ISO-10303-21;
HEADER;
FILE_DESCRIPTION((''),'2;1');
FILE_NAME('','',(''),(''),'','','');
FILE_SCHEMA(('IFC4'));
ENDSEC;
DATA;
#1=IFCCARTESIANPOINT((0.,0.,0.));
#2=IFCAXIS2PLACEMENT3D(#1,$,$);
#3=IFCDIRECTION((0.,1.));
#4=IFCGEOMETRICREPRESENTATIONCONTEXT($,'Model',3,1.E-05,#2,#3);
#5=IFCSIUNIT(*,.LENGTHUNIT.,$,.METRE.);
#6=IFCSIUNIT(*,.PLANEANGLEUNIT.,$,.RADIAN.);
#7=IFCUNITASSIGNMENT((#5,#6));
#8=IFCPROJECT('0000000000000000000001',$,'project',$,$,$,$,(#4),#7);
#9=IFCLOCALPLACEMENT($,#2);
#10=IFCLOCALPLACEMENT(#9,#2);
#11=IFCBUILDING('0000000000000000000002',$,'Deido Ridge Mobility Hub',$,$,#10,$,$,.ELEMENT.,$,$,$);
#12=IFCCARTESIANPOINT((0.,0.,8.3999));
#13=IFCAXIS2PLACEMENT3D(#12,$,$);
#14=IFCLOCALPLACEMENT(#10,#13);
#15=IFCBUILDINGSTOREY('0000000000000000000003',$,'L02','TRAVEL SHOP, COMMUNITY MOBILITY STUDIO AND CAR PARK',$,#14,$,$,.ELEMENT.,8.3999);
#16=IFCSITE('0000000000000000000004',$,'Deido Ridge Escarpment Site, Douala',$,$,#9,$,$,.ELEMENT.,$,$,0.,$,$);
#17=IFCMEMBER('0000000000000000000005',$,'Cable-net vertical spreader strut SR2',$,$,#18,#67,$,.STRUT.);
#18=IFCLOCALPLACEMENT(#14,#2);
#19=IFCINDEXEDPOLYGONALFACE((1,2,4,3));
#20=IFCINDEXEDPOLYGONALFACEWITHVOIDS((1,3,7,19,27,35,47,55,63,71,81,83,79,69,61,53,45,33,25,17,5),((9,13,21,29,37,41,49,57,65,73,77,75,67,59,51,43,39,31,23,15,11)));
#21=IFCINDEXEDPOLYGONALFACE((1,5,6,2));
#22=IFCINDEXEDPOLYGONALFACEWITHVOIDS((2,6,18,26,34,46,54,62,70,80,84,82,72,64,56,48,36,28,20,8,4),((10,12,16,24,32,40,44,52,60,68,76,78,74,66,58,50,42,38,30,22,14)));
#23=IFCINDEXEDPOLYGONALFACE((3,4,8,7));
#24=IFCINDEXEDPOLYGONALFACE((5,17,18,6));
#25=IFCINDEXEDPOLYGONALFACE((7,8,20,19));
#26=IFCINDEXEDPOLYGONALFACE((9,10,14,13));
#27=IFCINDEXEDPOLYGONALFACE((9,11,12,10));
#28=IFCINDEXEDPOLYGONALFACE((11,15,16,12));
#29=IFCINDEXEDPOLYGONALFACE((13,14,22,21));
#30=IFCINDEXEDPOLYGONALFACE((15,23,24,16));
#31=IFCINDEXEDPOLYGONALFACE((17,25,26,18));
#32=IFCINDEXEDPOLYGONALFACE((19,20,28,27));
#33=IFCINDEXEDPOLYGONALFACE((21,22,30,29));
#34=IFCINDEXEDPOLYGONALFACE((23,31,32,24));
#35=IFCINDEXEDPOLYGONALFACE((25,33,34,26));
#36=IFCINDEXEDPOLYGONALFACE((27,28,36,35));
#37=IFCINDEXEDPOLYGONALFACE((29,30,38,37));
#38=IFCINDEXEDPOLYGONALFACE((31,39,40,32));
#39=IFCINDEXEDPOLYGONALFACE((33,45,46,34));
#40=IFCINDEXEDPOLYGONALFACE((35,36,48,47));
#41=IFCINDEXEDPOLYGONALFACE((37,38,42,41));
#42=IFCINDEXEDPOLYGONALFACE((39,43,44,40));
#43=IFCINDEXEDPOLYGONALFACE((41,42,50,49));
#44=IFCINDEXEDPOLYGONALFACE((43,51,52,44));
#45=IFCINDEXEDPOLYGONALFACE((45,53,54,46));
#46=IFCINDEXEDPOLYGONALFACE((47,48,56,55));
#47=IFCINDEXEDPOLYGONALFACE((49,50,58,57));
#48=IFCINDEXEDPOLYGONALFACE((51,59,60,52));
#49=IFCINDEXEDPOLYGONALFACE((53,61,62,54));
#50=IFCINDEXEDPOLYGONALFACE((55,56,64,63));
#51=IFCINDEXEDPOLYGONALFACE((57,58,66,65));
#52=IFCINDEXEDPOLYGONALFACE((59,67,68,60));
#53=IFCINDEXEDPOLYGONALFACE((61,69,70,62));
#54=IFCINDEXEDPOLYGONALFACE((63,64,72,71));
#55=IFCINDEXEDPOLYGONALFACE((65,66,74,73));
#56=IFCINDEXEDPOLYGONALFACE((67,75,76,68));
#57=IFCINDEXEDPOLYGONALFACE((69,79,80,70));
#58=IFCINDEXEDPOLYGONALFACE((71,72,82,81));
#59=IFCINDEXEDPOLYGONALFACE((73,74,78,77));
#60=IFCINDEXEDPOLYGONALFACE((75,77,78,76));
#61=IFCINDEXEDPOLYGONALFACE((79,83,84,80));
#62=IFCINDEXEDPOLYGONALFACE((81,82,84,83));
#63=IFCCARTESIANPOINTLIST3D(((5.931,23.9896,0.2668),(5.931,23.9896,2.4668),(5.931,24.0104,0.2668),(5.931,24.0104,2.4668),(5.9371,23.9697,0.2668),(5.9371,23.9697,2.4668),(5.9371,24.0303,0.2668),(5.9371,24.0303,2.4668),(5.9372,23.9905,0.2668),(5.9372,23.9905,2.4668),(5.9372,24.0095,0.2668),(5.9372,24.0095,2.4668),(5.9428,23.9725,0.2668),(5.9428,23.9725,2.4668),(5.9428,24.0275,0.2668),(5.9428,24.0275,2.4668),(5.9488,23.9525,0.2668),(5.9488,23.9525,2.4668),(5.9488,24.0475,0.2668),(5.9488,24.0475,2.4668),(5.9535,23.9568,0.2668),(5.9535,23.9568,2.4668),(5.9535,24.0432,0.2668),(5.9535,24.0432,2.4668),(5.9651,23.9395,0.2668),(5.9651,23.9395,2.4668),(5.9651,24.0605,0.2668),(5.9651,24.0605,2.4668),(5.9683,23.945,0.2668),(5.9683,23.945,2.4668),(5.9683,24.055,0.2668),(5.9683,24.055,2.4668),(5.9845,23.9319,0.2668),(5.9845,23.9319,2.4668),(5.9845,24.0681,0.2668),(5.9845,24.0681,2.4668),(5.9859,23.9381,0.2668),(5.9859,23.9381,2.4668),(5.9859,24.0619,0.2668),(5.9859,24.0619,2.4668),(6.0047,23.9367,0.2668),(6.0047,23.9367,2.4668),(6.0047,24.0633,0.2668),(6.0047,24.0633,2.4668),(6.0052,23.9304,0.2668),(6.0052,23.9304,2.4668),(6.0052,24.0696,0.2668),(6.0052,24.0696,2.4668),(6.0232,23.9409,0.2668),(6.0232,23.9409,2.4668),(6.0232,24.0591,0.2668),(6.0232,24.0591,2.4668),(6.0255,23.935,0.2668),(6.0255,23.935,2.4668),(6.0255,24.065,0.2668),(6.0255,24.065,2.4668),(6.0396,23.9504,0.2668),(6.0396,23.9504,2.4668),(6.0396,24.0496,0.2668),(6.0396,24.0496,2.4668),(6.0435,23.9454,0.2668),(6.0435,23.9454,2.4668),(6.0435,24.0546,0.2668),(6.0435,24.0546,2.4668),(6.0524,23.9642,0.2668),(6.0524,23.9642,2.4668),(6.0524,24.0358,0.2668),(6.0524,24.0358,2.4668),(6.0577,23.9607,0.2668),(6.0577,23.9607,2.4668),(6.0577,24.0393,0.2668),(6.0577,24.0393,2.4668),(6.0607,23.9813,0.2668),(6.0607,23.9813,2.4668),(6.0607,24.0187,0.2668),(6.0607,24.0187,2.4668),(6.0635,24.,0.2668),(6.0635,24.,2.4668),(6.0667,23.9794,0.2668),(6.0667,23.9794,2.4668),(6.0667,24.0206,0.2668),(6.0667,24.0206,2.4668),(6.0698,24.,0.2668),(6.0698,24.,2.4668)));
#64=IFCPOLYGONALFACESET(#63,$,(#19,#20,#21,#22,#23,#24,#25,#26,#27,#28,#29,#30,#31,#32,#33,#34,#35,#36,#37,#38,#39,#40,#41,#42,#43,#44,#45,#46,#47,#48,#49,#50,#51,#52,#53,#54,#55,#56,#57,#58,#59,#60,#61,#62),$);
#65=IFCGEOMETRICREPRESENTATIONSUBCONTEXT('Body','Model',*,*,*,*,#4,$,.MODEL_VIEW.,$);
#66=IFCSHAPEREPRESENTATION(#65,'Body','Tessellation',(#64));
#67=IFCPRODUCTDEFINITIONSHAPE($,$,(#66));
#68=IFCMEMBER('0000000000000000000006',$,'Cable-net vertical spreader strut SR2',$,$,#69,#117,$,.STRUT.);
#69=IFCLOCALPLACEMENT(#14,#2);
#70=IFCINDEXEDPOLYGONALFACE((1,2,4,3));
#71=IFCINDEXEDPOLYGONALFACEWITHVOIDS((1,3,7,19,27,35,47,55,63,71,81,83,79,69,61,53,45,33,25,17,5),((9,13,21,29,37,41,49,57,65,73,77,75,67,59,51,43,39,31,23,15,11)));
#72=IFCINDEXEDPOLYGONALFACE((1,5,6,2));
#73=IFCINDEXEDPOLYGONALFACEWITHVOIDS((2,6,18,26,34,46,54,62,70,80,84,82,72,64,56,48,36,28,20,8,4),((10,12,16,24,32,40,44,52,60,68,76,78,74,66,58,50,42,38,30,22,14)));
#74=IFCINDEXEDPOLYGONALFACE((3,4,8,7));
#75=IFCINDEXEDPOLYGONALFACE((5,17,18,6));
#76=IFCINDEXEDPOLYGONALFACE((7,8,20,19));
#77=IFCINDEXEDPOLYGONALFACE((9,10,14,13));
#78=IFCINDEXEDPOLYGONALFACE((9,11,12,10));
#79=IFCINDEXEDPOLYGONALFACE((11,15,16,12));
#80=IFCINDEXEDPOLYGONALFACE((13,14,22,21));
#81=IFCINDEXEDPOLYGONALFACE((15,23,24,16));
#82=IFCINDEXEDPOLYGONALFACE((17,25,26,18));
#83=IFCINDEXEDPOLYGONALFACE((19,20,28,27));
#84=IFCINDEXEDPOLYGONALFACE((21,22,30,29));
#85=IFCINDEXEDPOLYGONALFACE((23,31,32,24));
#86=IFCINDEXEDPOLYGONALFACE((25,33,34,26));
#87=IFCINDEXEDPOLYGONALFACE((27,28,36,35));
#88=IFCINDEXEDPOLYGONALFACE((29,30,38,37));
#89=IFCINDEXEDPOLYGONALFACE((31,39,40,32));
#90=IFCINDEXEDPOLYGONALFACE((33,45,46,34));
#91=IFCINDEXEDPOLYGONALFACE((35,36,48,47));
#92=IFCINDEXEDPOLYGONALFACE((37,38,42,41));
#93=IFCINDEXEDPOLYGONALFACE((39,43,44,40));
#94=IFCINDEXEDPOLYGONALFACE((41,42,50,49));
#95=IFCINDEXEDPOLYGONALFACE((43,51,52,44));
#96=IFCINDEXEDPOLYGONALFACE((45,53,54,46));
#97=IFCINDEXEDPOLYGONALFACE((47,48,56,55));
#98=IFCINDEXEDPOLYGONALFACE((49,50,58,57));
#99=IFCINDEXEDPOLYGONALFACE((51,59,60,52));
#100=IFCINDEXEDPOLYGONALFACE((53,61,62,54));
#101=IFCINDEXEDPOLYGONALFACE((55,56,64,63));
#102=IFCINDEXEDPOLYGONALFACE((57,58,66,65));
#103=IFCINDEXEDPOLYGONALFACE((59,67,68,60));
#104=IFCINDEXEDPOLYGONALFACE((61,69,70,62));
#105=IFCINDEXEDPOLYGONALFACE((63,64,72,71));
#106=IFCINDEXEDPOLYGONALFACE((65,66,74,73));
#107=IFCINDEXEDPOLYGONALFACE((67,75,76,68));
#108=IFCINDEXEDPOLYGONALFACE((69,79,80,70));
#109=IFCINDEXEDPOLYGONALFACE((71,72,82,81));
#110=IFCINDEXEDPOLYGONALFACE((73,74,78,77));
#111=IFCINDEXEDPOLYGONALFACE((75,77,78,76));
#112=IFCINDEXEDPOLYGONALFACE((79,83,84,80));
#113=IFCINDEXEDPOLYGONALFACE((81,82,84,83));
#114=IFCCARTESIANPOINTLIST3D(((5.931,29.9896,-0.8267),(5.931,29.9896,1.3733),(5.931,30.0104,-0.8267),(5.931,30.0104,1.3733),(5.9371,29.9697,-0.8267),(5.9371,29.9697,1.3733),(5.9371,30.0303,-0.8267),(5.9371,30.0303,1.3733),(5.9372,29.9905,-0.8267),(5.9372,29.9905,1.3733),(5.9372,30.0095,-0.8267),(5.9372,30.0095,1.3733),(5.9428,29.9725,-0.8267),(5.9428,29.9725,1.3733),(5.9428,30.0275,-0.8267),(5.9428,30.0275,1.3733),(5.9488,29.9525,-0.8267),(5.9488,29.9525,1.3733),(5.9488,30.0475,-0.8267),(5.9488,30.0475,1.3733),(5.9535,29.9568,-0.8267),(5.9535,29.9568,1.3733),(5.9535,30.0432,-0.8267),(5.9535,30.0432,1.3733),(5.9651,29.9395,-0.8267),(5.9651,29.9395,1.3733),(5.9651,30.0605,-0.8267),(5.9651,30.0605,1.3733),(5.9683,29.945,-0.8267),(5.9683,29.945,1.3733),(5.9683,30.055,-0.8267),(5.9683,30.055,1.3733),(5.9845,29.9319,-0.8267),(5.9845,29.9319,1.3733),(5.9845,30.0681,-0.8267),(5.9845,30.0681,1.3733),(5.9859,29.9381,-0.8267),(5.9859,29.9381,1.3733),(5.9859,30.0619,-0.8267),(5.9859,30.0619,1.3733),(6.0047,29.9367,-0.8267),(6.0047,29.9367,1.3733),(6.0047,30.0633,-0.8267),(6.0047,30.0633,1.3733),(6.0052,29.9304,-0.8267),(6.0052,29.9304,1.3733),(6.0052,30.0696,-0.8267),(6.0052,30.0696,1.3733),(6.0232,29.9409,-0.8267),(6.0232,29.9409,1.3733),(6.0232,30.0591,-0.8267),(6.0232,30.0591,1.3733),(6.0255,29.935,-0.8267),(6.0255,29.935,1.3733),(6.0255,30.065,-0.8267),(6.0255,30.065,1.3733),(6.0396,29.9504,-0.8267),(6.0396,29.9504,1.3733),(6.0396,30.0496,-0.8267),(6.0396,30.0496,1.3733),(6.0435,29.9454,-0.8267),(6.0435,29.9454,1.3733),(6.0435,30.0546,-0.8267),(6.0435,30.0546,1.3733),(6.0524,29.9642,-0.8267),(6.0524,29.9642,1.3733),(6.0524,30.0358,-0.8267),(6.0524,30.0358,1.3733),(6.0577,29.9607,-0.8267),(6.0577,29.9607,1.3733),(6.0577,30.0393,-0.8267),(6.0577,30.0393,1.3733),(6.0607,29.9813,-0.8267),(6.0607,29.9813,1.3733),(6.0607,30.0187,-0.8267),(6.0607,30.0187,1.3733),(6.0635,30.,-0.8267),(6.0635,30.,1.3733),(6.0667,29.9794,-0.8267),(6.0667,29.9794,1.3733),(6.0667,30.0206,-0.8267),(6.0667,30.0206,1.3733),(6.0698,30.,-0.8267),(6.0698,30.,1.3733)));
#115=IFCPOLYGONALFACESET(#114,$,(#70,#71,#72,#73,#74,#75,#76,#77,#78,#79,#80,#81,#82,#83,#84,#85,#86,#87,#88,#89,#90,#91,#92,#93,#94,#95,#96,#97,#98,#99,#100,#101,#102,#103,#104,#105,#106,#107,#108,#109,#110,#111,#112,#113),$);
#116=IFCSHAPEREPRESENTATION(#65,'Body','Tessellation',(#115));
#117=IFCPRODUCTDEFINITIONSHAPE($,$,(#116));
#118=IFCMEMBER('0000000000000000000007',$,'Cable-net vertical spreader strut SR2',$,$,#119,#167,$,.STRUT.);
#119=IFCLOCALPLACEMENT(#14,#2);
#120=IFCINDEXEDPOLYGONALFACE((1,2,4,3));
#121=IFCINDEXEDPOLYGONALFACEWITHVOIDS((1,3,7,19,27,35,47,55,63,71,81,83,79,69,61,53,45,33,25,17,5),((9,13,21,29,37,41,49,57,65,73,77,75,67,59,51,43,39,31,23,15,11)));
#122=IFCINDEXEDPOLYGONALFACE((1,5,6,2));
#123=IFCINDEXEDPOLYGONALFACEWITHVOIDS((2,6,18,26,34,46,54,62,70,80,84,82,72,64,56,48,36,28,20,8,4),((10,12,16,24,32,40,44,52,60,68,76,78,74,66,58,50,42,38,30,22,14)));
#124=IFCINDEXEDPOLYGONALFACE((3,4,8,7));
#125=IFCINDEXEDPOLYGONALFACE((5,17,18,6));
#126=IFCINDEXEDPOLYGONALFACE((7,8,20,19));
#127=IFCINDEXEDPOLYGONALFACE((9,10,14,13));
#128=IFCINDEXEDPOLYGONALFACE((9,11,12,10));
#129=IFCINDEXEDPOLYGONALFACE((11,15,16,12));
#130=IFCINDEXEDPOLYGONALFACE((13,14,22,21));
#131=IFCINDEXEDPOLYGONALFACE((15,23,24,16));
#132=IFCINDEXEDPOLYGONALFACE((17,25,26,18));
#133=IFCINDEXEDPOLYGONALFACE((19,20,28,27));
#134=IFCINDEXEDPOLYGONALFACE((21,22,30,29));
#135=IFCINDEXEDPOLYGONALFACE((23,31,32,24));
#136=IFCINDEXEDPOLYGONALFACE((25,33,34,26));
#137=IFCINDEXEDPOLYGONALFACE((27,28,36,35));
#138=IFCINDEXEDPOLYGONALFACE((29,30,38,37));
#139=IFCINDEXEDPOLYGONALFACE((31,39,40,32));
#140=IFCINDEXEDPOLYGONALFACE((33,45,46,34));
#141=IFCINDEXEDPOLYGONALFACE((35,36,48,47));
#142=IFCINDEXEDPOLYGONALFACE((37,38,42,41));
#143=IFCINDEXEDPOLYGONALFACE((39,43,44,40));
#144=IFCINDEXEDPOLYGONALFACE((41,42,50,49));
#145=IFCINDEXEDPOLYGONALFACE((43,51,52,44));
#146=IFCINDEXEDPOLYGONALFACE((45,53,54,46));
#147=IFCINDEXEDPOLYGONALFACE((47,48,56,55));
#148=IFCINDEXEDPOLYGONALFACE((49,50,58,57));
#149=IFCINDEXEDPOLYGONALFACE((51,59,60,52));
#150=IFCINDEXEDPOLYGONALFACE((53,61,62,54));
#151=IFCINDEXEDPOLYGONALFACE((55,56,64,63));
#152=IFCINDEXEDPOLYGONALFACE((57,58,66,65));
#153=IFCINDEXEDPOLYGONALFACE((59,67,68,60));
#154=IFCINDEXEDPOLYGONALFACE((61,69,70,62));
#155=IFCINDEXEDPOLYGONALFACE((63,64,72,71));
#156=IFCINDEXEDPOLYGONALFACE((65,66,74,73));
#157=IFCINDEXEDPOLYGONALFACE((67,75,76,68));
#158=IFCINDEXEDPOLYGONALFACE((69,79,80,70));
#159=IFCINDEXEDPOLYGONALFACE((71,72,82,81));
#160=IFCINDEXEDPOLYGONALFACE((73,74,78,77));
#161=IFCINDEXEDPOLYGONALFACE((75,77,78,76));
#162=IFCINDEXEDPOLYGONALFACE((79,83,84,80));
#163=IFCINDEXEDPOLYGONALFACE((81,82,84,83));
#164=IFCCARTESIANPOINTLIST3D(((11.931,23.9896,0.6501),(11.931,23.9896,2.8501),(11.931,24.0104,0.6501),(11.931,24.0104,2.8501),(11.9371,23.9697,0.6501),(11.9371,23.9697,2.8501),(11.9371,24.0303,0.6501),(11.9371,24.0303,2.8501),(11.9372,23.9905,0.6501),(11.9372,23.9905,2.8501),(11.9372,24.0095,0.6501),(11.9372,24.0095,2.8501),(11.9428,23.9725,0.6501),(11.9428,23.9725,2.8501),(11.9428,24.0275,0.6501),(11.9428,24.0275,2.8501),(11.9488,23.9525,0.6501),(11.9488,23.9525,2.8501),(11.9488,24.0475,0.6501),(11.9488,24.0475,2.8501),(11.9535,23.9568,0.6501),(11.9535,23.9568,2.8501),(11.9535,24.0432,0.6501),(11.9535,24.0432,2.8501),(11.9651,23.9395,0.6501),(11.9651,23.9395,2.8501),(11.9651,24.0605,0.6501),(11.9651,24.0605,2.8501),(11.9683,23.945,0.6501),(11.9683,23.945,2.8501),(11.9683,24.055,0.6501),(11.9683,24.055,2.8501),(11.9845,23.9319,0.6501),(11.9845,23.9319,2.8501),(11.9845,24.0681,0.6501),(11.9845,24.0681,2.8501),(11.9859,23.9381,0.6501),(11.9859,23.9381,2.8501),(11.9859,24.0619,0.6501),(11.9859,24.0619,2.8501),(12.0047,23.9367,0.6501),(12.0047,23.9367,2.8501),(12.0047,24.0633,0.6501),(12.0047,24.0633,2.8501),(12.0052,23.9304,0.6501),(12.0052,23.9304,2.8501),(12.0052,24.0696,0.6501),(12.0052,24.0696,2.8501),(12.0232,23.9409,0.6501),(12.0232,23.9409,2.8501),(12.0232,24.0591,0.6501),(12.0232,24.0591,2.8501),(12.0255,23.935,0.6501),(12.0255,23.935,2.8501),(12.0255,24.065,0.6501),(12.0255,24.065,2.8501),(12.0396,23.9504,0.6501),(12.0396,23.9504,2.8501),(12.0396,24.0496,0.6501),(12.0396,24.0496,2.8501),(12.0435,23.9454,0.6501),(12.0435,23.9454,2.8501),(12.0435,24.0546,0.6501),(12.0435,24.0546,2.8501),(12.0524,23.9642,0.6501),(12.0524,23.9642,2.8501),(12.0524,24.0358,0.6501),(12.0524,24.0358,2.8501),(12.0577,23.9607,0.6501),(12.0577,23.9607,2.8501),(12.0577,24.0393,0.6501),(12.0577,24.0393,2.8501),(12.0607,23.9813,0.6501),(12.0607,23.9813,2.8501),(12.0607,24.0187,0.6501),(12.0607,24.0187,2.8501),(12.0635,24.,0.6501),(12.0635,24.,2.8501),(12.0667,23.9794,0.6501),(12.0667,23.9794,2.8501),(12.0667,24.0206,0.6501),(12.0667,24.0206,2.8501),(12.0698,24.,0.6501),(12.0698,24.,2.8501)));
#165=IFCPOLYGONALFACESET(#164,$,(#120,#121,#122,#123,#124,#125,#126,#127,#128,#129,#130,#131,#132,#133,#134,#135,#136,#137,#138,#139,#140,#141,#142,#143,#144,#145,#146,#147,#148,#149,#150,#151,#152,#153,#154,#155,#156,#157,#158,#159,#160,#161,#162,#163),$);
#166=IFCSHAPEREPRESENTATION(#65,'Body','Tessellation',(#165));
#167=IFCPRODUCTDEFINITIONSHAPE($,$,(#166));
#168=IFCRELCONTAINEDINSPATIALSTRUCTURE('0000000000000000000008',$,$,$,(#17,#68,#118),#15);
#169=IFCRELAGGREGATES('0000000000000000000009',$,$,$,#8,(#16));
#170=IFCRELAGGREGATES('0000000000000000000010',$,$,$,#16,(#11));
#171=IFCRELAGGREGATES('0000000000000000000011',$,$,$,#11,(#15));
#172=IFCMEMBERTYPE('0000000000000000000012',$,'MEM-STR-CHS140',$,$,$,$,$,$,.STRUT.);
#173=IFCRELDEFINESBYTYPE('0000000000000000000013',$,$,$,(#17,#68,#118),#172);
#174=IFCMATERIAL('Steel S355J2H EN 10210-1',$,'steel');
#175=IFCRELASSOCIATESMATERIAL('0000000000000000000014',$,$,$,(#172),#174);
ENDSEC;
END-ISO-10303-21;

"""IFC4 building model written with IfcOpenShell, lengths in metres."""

from ifc_helpers import new_model, si_unit, direction, frame, origin, origin_2d, place, context, subcontext, project, spatial, hollow_circle, extrude, material, material_profile, profile_set, type_object, element, save


model = new_model("IFC4")

# Units and contexts
model_context = context("Model", 3, precision=1e-05, world=origin(), true_north=direction((0.0, 1.0)))
body_context = subcontext(model_context, "Body", "Model", "MODEL_VIEW")
ifc_project = project(units=[si_unit("LENGTHUNIT", "METRE"), si_unit("PLANEANGLEUNIT", "RADIAN")], contexts=[model_context])

# Site, building, storey
site_placement = place(None, origin())
site = spatial("IfcSite", under=ifc_project, at=site_placement, Name="Deido Ridge Escarpment Site, Douala", CompositionType="ELEMENT", RefElevation=0.0)
building_placement = place(site_placement, origin())
building = spatial("IfcBuilding", under=site, at=building_placement, Name="Deido Ridge Mobility Hub", CompositionType="ELEMENT")
storey_placement = place(building_placement, frame((0.0, 0.0, 8.3999)))
storey = spatial("IfcBuildingStorey", under=building, at=storey_placement, Name="L02", Description="TRAVEL SHOP, COMMUNITY MOBILITY STUDIO AND CAR PARK", CompositionType="ELEMENT", Elevation=8.3999)

# Shared definitions
ifc_material_1 = material(Name="Steel S355J2H EN 10210-1", Category="steel")

# Members
ifc_material_profile_1 = material_profile(ifc_material_1, hollow_circle(Radius=0.0698, WallThickness=0.0063, at=origin_2d()), Name="CHS 139.7x6.3")
ifc_profile_set_1 = profile_set([ifc_material_profile_1], Name="Steel S355J2H EN 10210-1")
member_type_1 = type_object("IfcMemberType", Name="MEM-STR-CHS140", PredefinedType="STRUT", material=ifc_profile_set_1)
for number, where, z_axis, x_axis, name in (
    (1, (6.0, 24.0, 0.2668), (0.0, 0.0, 1.0), (1.0, 0.0, 0.0), "Cable-net vertical spreader strut SR2"),
    (2, (6.0, 30.0, -0.8267), (0.0, 0.0, 1.0), (1.0, 0.0, 0.0), "Cable-net vertical spreader strut SR2"),
    (3, (12.0, 24.0, 0.6501), (0.0, 0.0, 1.0), (1.0, 0.0, 0.0), "Cable-net vertical spreader strut SR2"),
):
    element("IfcMember", number, at=place(storey_placement, frame(where, z_axis=z_axis, x_axis=x_axis)), inside=storey, type_object=member_type_1, Name=name, PredefinedType="STRUT", context=body_context, shape_type="SweptSolid", body=[
        extrude(hollow_circle(Radius=0.0698, WallThickness=0.0063, at=origin_2d()), origin(), (0.0, 0.0, 1.0), 2.2),
    ])

save(model, "model.ifc")
